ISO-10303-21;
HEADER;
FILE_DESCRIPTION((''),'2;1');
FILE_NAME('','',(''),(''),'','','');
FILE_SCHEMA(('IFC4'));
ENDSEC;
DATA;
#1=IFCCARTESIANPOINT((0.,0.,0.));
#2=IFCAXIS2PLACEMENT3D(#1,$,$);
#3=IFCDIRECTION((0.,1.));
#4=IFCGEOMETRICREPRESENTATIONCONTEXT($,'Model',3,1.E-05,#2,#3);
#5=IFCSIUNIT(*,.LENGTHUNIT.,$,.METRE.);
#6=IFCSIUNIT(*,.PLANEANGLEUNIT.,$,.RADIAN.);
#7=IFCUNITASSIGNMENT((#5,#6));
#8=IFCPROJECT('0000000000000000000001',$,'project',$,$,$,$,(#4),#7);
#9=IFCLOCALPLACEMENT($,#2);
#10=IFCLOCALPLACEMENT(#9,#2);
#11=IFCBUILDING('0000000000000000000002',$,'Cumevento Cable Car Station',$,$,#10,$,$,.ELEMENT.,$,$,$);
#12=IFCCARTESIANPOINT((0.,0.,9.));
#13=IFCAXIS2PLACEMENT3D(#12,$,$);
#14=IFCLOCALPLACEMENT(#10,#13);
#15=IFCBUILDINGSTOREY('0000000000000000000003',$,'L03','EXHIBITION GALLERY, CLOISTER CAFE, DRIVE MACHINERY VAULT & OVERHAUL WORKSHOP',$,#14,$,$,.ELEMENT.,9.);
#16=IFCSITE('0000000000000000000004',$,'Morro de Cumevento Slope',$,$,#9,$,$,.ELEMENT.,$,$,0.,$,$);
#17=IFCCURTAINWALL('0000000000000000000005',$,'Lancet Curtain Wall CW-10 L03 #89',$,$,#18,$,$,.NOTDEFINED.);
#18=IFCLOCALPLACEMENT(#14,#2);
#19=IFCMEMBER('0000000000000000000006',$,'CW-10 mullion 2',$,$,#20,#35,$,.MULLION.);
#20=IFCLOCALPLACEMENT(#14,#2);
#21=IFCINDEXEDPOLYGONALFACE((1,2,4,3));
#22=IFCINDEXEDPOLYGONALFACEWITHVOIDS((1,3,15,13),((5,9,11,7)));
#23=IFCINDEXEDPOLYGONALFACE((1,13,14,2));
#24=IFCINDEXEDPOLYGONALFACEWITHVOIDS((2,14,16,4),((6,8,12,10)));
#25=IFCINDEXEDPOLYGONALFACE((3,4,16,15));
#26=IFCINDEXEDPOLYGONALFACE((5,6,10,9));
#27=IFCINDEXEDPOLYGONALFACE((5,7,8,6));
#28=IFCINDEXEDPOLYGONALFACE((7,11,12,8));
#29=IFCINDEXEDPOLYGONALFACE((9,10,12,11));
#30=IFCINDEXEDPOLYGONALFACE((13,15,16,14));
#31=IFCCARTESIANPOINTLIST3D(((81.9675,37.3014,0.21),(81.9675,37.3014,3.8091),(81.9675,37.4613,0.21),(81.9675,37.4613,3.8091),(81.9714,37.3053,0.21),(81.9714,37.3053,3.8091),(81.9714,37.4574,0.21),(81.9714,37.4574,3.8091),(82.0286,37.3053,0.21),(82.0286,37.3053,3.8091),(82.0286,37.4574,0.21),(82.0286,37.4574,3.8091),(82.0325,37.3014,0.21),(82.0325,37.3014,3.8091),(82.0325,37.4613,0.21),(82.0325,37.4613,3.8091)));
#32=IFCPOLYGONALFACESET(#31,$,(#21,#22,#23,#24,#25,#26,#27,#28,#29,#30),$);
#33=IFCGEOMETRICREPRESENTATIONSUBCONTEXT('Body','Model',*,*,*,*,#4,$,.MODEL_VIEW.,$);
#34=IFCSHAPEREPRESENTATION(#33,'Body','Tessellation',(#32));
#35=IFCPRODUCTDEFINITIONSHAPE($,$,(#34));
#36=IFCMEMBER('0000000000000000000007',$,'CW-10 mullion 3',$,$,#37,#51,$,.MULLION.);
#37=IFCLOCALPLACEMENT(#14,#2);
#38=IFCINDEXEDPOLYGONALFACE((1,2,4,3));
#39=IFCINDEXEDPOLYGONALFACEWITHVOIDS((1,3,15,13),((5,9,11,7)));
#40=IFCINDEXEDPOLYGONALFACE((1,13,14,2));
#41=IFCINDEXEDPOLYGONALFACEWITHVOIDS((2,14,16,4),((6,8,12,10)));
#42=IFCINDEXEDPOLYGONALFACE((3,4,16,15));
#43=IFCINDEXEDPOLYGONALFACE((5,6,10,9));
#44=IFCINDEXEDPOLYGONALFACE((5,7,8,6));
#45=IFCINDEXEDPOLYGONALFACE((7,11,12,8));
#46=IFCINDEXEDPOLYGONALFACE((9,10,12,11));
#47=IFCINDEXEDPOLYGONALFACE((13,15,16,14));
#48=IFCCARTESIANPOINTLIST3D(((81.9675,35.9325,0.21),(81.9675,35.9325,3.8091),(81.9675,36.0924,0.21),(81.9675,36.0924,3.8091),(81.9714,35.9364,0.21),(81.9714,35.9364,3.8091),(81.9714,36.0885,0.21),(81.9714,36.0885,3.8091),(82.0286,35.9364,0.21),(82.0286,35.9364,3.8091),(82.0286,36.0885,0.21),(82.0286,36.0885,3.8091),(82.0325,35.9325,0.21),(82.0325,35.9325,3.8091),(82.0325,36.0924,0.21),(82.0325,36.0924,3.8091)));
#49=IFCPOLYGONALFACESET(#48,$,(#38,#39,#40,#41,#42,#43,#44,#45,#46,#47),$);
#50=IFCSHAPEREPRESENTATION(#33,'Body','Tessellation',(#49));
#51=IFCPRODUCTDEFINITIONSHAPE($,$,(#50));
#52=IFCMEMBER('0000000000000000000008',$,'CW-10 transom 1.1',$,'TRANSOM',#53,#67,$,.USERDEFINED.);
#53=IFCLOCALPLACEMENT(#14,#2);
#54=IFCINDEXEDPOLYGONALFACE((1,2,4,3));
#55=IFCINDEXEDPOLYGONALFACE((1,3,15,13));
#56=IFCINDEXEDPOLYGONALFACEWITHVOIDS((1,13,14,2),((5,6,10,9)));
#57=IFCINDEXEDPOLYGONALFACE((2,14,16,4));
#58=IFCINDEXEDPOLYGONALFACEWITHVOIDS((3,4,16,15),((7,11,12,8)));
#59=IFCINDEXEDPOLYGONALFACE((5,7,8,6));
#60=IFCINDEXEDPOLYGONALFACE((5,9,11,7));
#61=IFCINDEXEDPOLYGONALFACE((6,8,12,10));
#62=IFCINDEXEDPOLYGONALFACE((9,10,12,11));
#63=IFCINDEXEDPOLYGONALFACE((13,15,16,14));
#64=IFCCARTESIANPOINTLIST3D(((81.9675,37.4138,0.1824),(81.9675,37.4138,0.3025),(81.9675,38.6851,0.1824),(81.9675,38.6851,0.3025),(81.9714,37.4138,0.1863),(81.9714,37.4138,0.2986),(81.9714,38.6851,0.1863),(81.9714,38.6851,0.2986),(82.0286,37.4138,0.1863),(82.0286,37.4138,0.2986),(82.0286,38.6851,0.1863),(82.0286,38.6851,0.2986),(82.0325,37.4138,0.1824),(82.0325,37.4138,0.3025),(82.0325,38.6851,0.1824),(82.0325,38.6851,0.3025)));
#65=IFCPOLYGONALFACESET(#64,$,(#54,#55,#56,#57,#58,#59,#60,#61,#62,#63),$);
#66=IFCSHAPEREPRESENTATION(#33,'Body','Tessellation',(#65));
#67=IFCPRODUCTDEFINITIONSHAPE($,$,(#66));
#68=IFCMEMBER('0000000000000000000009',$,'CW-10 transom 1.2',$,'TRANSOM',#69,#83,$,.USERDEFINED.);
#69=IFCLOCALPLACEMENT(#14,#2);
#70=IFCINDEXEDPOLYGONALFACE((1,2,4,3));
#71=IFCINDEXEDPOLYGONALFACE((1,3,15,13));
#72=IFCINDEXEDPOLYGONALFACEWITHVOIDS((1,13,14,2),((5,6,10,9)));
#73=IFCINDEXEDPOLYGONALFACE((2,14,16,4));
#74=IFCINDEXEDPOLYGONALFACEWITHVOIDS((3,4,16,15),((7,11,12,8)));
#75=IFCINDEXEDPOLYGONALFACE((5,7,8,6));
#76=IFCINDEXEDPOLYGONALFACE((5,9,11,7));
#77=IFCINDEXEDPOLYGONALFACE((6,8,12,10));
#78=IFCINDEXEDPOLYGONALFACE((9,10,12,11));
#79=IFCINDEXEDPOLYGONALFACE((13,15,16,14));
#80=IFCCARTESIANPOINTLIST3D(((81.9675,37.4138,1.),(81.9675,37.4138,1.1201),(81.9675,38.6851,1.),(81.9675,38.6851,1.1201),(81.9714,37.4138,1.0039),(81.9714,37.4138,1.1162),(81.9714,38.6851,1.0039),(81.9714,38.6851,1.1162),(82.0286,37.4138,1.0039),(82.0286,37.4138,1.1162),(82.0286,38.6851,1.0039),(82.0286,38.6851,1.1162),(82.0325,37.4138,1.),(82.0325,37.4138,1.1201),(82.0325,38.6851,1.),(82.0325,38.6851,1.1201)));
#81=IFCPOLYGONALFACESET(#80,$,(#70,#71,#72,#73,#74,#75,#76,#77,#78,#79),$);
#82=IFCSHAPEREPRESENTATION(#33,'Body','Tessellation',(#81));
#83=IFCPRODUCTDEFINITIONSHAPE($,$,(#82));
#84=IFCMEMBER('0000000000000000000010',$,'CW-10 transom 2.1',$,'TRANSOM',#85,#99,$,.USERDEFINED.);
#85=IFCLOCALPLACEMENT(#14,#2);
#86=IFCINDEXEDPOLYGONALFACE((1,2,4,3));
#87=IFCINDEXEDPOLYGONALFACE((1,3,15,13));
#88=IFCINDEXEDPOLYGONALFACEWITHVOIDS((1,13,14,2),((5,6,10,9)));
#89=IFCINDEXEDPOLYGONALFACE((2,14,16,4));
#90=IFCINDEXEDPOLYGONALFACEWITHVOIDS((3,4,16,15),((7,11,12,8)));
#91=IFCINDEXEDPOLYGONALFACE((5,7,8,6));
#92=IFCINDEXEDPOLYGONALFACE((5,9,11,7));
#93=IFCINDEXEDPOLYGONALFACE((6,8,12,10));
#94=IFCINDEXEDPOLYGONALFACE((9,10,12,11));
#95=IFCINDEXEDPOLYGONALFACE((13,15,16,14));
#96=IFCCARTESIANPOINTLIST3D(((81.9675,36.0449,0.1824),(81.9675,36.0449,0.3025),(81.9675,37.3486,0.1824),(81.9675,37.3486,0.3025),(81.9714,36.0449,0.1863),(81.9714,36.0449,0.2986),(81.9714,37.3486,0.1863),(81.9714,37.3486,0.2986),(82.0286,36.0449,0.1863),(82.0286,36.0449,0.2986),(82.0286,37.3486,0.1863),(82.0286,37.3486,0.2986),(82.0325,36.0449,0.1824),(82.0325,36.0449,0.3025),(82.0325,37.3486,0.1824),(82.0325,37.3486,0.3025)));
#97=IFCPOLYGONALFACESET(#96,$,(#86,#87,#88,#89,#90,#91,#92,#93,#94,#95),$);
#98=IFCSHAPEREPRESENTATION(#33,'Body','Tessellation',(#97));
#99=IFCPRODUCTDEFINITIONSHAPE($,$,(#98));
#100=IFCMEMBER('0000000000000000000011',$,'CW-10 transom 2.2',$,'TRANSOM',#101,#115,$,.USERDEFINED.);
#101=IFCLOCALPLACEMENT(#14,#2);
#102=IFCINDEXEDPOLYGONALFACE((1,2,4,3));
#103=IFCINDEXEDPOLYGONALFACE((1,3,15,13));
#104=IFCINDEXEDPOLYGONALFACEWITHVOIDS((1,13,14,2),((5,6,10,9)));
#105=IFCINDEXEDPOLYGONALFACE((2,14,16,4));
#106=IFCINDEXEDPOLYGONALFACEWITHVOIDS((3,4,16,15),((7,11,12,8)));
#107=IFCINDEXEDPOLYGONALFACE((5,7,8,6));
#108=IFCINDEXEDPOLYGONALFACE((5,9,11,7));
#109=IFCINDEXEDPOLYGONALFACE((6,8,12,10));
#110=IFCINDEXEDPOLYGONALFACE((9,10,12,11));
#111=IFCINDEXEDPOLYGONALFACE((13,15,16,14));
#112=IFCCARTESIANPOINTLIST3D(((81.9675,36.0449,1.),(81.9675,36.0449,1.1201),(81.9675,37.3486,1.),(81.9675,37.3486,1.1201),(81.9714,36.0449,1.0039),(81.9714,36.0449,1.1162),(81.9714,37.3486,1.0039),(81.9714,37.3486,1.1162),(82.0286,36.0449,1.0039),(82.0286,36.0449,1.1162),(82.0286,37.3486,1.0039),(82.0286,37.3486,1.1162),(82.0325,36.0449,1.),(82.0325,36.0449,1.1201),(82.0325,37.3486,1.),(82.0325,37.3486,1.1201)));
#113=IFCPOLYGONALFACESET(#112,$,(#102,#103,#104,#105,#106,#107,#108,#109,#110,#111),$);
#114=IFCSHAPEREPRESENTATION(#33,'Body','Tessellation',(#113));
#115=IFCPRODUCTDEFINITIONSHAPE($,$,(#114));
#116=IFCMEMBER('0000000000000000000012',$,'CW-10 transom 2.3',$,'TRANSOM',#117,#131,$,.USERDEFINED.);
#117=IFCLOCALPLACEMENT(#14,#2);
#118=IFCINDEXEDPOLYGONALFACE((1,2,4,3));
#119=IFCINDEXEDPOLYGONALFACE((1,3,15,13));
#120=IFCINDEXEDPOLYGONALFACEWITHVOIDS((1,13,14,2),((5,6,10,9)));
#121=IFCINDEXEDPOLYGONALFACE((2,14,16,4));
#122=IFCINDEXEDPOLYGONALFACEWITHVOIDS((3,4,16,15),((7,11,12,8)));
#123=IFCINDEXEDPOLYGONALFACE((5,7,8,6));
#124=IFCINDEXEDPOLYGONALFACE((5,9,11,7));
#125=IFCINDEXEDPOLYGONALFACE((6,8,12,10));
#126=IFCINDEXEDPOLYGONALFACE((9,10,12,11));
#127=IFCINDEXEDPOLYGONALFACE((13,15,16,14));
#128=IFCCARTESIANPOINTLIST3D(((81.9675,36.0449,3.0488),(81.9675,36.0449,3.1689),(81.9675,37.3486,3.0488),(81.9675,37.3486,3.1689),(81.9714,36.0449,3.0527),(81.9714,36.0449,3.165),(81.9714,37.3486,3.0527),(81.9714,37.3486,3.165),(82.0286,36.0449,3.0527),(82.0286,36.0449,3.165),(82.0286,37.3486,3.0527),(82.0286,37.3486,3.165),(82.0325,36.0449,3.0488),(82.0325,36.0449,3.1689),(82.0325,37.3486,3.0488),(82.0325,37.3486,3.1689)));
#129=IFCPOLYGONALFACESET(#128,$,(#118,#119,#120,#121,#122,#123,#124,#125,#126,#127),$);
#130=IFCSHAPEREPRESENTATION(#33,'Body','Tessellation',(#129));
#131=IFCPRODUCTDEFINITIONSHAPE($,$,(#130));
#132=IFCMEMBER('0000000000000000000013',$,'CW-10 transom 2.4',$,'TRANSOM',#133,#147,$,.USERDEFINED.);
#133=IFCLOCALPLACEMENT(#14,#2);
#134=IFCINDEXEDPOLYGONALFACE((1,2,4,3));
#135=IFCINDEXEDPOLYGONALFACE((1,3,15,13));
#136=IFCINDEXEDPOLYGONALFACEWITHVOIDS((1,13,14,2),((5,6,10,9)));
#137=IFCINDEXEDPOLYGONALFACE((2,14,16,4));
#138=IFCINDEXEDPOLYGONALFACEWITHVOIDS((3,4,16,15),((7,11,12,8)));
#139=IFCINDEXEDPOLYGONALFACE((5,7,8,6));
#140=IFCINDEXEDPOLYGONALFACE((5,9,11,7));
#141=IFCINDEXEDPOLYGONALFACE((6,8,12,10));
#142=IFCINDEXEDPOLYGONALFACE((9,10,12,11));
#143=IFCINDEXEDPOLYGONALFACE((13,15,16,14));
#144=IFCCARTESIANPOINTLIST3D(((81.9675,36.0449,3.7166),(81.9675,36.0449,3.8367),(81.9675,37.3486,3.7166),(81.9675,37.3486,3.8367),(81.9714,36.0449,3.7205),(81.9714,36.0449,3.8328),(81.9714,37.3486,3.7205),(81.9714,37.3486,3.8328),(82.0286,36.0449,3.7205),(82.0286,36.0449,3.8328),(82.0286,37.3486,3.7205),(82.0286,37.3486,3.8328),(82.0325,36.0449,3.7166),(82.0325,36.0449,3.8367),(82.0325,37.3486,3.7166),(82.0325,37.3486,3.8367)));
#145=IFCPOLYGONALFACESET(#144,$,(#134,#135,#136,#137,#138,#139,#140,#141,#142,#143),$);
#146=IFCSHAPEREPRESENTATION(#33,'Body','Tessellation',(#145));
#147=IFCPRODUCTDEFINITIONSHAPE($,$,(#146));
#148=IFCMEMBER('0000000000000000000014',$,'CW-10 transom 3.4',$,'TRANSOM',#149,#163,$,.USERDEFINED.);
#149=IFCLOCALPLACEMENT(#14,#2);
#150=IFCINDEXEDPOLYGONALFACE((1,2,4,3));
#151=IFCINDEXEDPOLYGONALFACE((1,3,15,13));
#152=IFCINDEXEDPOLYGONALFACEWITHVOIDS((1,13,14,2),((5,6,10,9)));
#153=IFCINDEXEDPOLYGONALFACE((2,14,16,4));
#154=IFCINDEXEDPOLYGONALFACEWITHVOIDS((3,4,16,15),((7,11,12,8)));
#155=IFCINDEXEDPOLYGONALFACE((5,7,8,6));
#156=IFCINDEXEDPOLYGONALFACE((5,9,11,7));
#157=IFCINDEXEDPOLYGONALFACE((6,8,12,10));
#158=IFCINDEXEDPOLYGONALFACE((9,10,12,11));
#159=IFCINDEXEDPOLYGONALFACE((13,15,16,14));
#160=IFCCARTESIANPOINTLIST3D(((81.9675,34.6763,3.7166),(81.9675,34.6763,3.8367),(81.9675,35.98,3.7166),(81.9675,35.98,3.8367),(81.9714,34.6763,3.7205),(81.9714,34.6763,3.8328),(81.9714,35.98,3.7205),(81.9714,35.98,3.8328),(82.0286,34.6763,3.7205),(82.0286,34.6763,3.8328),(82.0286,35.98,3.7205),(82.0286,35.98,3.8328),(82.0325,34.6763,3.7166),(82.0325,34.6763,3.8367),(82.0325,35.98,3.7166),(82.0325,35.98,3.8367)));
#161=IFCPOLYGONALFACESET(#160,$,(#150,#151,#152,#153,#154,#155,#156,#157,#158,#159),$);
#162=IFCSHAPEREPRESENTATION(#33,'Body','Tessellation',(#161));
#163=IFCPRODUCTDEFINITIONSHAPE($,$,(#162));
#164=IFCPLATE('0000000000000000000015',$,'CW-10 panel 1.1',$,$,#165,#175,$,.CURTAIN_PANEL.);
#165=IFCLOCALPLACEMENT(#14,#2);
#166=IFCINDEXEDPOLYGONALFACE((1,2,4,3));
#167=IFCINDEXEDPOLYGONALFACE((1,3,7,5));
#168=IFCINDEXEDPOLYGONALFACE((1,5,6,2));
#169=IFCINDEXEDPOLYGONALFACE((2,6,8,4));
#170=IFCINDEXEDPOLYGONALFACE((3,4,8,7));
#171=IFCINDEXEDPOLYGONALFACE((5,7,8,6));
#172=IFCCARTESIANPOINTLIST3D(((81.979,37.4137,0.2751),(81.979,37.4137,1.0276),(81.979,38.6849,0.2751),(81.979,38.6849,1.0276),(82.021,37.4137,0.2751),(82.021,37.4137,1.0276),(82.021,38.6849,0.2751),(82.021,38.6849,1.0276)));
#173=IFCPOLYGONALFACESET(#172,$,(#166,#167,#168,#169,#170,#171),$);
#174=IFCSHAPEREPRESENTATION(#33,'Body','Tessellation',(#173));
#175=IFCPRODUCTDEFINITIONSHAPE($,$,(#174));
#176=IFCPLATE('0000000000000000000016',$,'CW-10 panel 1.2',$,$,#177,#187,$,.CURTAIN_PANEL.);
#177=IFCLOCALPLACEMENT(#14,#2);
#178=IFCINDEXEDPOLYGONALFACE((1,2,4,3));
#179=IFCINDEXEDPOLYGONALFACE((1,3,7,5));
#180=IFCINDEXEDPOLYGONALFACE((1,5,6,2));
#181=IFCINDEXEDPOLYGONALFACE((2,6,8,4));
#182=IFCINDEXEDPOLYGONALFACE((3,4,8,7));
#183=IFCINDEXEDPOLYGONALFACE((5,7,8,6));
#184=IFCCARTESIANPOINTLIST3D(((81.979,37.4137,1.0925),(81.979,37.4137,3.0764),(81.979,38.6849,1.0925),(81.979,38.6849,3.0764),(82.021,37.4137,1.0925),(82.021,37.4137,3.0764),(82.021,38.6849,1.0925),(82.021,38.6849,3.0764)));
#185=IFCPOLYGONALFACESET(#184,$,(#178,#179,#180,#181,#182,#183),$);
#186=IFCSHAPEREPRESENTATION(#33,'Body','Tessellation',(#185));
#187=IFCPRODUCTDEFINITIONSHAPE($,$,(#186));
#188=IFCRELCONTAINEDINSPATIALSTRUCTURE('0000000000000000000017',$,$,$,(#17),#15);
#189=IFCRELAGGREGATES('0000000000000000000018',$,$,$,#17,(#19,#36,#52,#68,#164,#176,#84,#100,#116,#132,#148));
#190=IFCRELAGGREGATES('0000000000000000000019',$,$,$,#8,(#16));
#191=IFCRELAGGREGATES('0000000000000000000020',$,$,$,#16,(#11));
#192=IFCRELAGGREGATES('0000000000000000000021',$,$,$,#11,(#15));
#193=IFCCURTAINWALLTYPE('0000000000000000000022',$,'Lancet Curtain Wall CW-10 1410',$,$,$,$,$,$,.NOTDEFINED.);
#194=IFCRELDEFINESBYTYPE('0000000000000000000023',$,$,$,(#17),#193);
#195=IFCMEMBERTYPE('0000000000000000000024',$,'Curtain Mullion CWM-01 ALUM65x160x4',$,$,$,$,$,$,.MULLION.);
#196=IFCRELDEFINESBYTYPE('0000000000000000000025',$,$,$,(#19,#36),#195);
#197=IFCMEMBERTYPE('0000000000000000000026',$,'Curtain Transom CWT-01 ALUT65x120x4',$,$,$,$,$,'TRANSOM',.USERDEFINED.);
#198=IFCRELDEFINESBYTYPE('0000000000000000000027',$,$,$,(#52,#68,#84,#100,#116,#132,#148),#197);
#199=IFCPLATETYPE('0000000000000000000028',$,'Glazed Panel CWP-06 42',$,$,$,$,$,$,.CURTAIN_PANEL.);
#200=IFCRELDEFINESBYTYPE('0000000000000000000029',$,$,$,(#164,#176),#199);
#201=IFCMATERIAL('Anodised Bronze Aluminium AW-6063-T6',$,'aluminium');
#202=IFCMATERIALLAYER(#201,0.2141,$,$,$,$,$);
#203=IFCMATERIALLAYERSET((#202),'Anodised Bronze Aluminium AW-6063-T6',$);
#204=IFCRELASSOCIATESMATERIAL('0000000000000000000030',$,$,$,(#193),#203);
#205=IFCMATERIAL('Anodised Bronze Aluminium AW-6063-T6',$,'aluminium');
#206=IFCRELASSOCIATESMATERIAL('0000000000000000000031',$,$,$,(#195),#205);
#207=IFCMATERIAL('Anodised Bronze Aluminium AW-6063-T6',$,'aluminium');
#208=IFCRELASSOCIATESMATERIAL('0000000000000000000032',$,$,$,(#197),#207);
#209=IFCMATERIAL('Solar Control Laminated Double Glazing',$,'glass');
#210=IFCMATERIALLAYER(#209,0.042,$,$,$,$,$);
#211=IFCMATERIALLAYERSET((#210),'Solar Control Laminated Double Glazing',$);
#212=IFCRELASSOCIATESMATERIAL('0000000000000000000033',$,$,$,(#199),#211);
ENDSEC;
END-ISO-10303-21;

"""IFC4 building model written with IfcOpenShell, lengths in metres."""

from ifc_helpers import new_model, si_unit, direction, frame, origin, origin_2d, place, context, subcontext, project, spatial, rectangle, hollow_rectangle, extrude, material, layer, layer_set, material_profile, profile_set, type_object, element, aggregate, save


model = new_model("IFC4")

# Units and contexts
model_context = context("Model", 3, precision=1e-05, world=origin(), true_north=direction((0.0, 1.0)))
body_context = subcontext(model_context, "Body", "Model", "MODEL_VIEW")
ifc_project = project(units=[si_unit("LENGTHUNIT", "METRE"), si_unit("PLANEANGLEUNIT", "RADIAN")], contexts=[model_context])

# Site, building, storey
site_placement = place(None, origin())
site = spatial("IfcSite", under=ifc_project, at=site_placement, Name="Morro de Cumevento Slope", CompositionType="ELEMENT", RefElevation=0.0)
building_placement = place(site_placement, origin())
building = spatial("IfcBuilding", under=site, at=building_placement, Name="Cumevento Cable Car Station", CompositionType="ELEMENT")
storey_placement = place(building_placement, frame((0.0, 0.0, 9.0)))
storey = spatial("IfcBuildingStorey", under=building, at=storey_placement, Name="L03", Description="EXHIBITION GALLERY, CLOISTER CAFE, DRIVE MACHINERY VAULT & OVERHAUL WORKSHOP", CompositionType="ELEMENT", Elevation=9.0)

# Curtain wall, members, plates
ifc_material_1 = material(Name="Anodised Bronze Aluminium AW-6063-T6", Category="aluminium")
ifc_layer_1 = layer(ifc_material_1, 0.2141)
ifc_layer_set_1 = layer_set([ifc_layer_1], Name="Anodised Bronze Aluminium AW-6063-T6")
curtain_wall_type = type_object("IfcCurtainWallType", Name="Lancet Curtain Wall CW-10 1410", PredefinedType="NOTDEFINED", material=ifc_layer_set_1)
curtain_wall_placement = place(storey_placement, origin())
curtain_wall = element("IfcCurtainWall", 1, at=curtain_wall_placement, inside=storey, type_object=curtain_wall_type, Name="Lancet Curtain Wall CW-10 L03 #89", PredefinedType="NOTDEFINED")
ifc_material_2 = material(Name="Anodised Bronze Aluminium AW-6063-T6", Category="aluminium")
ifc_material_profile_1 = material_profile(ifc_material_2, hollow_rectangle(XDim=0.0649, YDim=0.1599, WallThickness=0.0039, at=origin_2d()), Name="ALUM65x160x4")
ifc_profile_set_1 = profile_set([ifc_material_profile_1], Name="Anodised Bronze Aluminium AW-6063-T6")
member_type_1 = type_object("IfcMemberType", Name="Curtain Mullion CWM-01 ALUM65x160x4", PredefinedType="MULLION", material=ifc_profile_set_1)
member_1_placement = place(storey_placement, frame((82.0, 37.3813, 0.21), z_axis=(0.0, 0.0, 1.0), x_axis=(1.0, 0.0, 0.0)))
member_1 = element("IfcMember", 2, at=member_1_placement, type_object=member_type_1, Name="CW-10 mullion 2", PredefinedType="MULLION", context=body_context, shape_type="SweptSolid", body=[
    extrude(hollow_rectangle(XDim=0.0649, YDim=0.1599, WallThickness=0.0039, at=origin_2d()), origin(), (0.0, 0.0, 1.0), 3.5991),
])
member_2_placement = place(storey_placement, frame((82.0, 36.0125, 0.21), z_axis=(0.0, 0.0, 1.0), x_axis=(1.0, 0.0, 0.0)))
member_2 = element("IfcMember", 3, at=member_2_placement, type_object=member_type_1, Name="CW-10 mullion 3", PredefinedType="MULLION", context=body_context, shape_type="SweptSolid", body=[
    extrude(hollow_rectangle(XDim=0.0649, YDim=0.1599, WallThickness=0.0039, at=origin_2d()), origin(), (0.0, 0.0, 1.0), 3.5991),
])
ifc_material_3 = material(Name="Anodised Bronze Aluminium AW-6063-T6", Category="aluminium")
ifc_material_profile_2 = material_profile(ifc_material_3, hollow_rectangle(XDim=0.0649, YDim=0.1201, WallThickness=0.0039, at=origin_2d()), Name="ALUT65x120x4")
ifc_profile_set_2 = profile_set([ifc_material_profile_2], Name="Anodised Bronze Aluminium AW-6063-T6")
member_type_2 = type_object("IfcMemberType", Name="Curtain Transom CWT-01 ALUT65x120x4", ElementType="TRANSOM", PredefinedType="USERDEFINED", material=ifc_profile_set_2)
member_3_placement = place(storey_placement, frame((82.0, 38.6851, 0.2424), z_axis=(0.0, -1.0, 0.0), x_axis=(1.0, 0.0, 0.0)))
member_3 = element("IfcMember", 4, at=member_3_placement, type_object=member_type_2, Name="CW-10 transom 1.1", ObjectType="TRANSOM", PredefinedType="USERDEFINED", context=body_context, shape_type="SweptSolid", body=[
    extrude(hollow_rectangle(XDim=0.0649, YDim=0.1201, WallThickness=0.0039, at=origin_2d()), origin(), (0.0, 0.0, 1.0), 1.2712),
])
member_4_placement = place(storey_placement, frame((82.0, 38.6851, 1.0601), z_axis=(0.0, -1.0, 0.0), x_axis=(1.0, 0.0, 0.0)))
member_4 = element("IfcMember", 5, at=member_4_placement, type_object=member_type_2, Name="CW-10 transom 1.2", ObjectType="TRANSOM", PredefinedType="USERDEFINED", context=body_context, shape_type="SweptSolid", body=[
    extrude(hollow_rectangle(XDim=0.0649, YDim=0.1201, WallThickness=0.0039, at=origin_2d()), origin(), (0.0, 0.0, 1.0), 1.2712),
])
member_5_placement = place(storey_placement, frame((82.0, 37.3486, 0.2424), z_axis=(0.0, -1.0, 0.0), x_axis=(1.0, 0.0, 0.0)))
member_5 = element("IfcMember", 6, at=member_5_placement, type_object=member_type_2, Name="CW-10 transom 2.1", ObjectType="TRANSOM", PredefinedType="USERDEFINED", context=body_context, shape_type="SweptSolid", body=[
    extrude(hollow_rectangle(XDim=0.0649, YDim=0.1201, WallThickness=0.0039, at=origin_2d()), origin(), (0.0, 0.0, 1.0), 1.3037),
])
member_6_placement = place(storey_placement, frame((82.0, 37.3486, 1.0601), z_axis=(0.0, -1.0, 0.0), x_axis=(1.0, 0.0, 0.0)))
member_6 = element("IfcMember", 7, at=member_6_placement, type_object=member_type_2, Name="CW-10 transom 2.2", ObjectType="TRANSOM", PredefinedType="USERDEFINED", context=body_context, shape_type="SweptSolid", body=[
    extrude(hollow_rectangle(XDim=0.0649, YDim=0.1201, WallThickness=0.0039, at=origin_2d()), origin(), (0.0, 0.0, 1.0), 1.3037),
])
member_7_placement = place(storey_placement, frame((82.0, 37.3486, 3.1089), z_axis=(0.0, -1.0, 0.0), x_axis=(1.0, 0.0, 0.0)))
member_7 = element("IfcMember", 8, at=member_7_placement, type_object=member_type_2, Name="CW-10 transom 2.3", ObjectType="TRANSOM", PredefinedType="USERDEFINED", context=body_context, shape_type="SweptSolid", body=[
    extrude(hollow_rectangle(XDim=0.0649, YDim=0.1201, WallThickness=0.0039, at=origin_2d()), origin(), (0.0, 0.0, 1.0), 1.3037),
])
member_8_placement = place(storey_placement, frame((82.0, 37.3486, 3.7766), z_axis=(0.0, -1.0, 0.0), x_axis=(1.0, 0.0, 0.0)))
member_8 = element("IfcMember", 9, at=member_8_placement, type_object=member_type_2, Name="CW-10 transom 2.4", ObjectType="TRANSOM", PredefinedType="USERDEFINED", context=body_context, shape_type="SweptSolid", body=[
    extrude(hollow_rectangle(XDim=0.0649, YDim=0.1201, WallThickness=0.0039, at=origin_2d()), origin(), (0.0, 0.0, 1.0), 1.3037),
])
member_9_placement = place(storey_placement, frame((82.0, 35.98, 3.7766), z_axis=(0.0, -1.0, 0.0), x_axis=(1.0, 0.0, 0.0)))
member_9 = element("IfcMember", 10, at=member_9_placement, type_object=member_type_2, Name="CW-10 transom 3.4", ObjectType="TRANSOM", PredefinedType="USERDEFINED", context=body_context, shape_type="SweptSolid", body=[
    extrude(hollow_rectangle(XDim=0.0649, YDim=0.1201, WallThickness=0.0039, at=origin_2d()), origin(), (0.0, 0.0, 1.0), 1.3037),
])
ifc_material_4 = material(Name="Solar Control Laminated Double Glazing", Category="glass")
ifc_layer_2 = layer(ifc_material_4, 0.042)
ifc_layer_set_2 = layer_set([ifc_layer_2], Name="Solar Control Laminated Double Glazing")
plate_type = type_object("IfcPlateType", Name="Glazed Panel CWP-06 42", PredefinedType="CURTAIN_PANEL", material=ifc_layer_set_2)
plate_1_placement = place(storey_placement, frame((82.0, 38.0493, 0.2751), z_axis=(0.0, 0.0, 1.0), x_axis=(0.0, -1.0, 0.0)))
plate_1 = element("IfcPlate", 11, at=plate_1_placement, type_object=plate_type, Name="CW-10 panel 1.1", PredefinedType="CURTAIN_PANEL", context=body_context, shape_type="SweptSolid", body=[
    extrude(rectangle(XDim=1.2712, YDim=0.042, at=origin_2d()), origin(), (0.0, 0.0, 1.0), 0.7524),
])
plate_2_placement = place(storey_placement, frame((82.0, 38.0493, 1.0925), z_axis=(0.0, 0.0, 1.0), x_axis=(0.0, -1.0, 0.0)))
plate_2 = element("IfcPlate", 12, at=plate_2_placement, type_object=plate_type, Name="CW-10 panel 1.2", PredefinedType="CURTAIN_PANEL", context=body_context, shape_type="SweptSolid", body=[
    extrude(rectangle(XDim=1.2712, YDim=0.042, at=origin_2d()), origin(), (0.0, 0.0, 1.0), 1.9839),
])
aggregate(curtain_wall, [member_1, member_2, member_3, member_4, plate_1, plate_2, member_5, member_6, member_7, member_8, member_9])

save(model, "model.ifc")
